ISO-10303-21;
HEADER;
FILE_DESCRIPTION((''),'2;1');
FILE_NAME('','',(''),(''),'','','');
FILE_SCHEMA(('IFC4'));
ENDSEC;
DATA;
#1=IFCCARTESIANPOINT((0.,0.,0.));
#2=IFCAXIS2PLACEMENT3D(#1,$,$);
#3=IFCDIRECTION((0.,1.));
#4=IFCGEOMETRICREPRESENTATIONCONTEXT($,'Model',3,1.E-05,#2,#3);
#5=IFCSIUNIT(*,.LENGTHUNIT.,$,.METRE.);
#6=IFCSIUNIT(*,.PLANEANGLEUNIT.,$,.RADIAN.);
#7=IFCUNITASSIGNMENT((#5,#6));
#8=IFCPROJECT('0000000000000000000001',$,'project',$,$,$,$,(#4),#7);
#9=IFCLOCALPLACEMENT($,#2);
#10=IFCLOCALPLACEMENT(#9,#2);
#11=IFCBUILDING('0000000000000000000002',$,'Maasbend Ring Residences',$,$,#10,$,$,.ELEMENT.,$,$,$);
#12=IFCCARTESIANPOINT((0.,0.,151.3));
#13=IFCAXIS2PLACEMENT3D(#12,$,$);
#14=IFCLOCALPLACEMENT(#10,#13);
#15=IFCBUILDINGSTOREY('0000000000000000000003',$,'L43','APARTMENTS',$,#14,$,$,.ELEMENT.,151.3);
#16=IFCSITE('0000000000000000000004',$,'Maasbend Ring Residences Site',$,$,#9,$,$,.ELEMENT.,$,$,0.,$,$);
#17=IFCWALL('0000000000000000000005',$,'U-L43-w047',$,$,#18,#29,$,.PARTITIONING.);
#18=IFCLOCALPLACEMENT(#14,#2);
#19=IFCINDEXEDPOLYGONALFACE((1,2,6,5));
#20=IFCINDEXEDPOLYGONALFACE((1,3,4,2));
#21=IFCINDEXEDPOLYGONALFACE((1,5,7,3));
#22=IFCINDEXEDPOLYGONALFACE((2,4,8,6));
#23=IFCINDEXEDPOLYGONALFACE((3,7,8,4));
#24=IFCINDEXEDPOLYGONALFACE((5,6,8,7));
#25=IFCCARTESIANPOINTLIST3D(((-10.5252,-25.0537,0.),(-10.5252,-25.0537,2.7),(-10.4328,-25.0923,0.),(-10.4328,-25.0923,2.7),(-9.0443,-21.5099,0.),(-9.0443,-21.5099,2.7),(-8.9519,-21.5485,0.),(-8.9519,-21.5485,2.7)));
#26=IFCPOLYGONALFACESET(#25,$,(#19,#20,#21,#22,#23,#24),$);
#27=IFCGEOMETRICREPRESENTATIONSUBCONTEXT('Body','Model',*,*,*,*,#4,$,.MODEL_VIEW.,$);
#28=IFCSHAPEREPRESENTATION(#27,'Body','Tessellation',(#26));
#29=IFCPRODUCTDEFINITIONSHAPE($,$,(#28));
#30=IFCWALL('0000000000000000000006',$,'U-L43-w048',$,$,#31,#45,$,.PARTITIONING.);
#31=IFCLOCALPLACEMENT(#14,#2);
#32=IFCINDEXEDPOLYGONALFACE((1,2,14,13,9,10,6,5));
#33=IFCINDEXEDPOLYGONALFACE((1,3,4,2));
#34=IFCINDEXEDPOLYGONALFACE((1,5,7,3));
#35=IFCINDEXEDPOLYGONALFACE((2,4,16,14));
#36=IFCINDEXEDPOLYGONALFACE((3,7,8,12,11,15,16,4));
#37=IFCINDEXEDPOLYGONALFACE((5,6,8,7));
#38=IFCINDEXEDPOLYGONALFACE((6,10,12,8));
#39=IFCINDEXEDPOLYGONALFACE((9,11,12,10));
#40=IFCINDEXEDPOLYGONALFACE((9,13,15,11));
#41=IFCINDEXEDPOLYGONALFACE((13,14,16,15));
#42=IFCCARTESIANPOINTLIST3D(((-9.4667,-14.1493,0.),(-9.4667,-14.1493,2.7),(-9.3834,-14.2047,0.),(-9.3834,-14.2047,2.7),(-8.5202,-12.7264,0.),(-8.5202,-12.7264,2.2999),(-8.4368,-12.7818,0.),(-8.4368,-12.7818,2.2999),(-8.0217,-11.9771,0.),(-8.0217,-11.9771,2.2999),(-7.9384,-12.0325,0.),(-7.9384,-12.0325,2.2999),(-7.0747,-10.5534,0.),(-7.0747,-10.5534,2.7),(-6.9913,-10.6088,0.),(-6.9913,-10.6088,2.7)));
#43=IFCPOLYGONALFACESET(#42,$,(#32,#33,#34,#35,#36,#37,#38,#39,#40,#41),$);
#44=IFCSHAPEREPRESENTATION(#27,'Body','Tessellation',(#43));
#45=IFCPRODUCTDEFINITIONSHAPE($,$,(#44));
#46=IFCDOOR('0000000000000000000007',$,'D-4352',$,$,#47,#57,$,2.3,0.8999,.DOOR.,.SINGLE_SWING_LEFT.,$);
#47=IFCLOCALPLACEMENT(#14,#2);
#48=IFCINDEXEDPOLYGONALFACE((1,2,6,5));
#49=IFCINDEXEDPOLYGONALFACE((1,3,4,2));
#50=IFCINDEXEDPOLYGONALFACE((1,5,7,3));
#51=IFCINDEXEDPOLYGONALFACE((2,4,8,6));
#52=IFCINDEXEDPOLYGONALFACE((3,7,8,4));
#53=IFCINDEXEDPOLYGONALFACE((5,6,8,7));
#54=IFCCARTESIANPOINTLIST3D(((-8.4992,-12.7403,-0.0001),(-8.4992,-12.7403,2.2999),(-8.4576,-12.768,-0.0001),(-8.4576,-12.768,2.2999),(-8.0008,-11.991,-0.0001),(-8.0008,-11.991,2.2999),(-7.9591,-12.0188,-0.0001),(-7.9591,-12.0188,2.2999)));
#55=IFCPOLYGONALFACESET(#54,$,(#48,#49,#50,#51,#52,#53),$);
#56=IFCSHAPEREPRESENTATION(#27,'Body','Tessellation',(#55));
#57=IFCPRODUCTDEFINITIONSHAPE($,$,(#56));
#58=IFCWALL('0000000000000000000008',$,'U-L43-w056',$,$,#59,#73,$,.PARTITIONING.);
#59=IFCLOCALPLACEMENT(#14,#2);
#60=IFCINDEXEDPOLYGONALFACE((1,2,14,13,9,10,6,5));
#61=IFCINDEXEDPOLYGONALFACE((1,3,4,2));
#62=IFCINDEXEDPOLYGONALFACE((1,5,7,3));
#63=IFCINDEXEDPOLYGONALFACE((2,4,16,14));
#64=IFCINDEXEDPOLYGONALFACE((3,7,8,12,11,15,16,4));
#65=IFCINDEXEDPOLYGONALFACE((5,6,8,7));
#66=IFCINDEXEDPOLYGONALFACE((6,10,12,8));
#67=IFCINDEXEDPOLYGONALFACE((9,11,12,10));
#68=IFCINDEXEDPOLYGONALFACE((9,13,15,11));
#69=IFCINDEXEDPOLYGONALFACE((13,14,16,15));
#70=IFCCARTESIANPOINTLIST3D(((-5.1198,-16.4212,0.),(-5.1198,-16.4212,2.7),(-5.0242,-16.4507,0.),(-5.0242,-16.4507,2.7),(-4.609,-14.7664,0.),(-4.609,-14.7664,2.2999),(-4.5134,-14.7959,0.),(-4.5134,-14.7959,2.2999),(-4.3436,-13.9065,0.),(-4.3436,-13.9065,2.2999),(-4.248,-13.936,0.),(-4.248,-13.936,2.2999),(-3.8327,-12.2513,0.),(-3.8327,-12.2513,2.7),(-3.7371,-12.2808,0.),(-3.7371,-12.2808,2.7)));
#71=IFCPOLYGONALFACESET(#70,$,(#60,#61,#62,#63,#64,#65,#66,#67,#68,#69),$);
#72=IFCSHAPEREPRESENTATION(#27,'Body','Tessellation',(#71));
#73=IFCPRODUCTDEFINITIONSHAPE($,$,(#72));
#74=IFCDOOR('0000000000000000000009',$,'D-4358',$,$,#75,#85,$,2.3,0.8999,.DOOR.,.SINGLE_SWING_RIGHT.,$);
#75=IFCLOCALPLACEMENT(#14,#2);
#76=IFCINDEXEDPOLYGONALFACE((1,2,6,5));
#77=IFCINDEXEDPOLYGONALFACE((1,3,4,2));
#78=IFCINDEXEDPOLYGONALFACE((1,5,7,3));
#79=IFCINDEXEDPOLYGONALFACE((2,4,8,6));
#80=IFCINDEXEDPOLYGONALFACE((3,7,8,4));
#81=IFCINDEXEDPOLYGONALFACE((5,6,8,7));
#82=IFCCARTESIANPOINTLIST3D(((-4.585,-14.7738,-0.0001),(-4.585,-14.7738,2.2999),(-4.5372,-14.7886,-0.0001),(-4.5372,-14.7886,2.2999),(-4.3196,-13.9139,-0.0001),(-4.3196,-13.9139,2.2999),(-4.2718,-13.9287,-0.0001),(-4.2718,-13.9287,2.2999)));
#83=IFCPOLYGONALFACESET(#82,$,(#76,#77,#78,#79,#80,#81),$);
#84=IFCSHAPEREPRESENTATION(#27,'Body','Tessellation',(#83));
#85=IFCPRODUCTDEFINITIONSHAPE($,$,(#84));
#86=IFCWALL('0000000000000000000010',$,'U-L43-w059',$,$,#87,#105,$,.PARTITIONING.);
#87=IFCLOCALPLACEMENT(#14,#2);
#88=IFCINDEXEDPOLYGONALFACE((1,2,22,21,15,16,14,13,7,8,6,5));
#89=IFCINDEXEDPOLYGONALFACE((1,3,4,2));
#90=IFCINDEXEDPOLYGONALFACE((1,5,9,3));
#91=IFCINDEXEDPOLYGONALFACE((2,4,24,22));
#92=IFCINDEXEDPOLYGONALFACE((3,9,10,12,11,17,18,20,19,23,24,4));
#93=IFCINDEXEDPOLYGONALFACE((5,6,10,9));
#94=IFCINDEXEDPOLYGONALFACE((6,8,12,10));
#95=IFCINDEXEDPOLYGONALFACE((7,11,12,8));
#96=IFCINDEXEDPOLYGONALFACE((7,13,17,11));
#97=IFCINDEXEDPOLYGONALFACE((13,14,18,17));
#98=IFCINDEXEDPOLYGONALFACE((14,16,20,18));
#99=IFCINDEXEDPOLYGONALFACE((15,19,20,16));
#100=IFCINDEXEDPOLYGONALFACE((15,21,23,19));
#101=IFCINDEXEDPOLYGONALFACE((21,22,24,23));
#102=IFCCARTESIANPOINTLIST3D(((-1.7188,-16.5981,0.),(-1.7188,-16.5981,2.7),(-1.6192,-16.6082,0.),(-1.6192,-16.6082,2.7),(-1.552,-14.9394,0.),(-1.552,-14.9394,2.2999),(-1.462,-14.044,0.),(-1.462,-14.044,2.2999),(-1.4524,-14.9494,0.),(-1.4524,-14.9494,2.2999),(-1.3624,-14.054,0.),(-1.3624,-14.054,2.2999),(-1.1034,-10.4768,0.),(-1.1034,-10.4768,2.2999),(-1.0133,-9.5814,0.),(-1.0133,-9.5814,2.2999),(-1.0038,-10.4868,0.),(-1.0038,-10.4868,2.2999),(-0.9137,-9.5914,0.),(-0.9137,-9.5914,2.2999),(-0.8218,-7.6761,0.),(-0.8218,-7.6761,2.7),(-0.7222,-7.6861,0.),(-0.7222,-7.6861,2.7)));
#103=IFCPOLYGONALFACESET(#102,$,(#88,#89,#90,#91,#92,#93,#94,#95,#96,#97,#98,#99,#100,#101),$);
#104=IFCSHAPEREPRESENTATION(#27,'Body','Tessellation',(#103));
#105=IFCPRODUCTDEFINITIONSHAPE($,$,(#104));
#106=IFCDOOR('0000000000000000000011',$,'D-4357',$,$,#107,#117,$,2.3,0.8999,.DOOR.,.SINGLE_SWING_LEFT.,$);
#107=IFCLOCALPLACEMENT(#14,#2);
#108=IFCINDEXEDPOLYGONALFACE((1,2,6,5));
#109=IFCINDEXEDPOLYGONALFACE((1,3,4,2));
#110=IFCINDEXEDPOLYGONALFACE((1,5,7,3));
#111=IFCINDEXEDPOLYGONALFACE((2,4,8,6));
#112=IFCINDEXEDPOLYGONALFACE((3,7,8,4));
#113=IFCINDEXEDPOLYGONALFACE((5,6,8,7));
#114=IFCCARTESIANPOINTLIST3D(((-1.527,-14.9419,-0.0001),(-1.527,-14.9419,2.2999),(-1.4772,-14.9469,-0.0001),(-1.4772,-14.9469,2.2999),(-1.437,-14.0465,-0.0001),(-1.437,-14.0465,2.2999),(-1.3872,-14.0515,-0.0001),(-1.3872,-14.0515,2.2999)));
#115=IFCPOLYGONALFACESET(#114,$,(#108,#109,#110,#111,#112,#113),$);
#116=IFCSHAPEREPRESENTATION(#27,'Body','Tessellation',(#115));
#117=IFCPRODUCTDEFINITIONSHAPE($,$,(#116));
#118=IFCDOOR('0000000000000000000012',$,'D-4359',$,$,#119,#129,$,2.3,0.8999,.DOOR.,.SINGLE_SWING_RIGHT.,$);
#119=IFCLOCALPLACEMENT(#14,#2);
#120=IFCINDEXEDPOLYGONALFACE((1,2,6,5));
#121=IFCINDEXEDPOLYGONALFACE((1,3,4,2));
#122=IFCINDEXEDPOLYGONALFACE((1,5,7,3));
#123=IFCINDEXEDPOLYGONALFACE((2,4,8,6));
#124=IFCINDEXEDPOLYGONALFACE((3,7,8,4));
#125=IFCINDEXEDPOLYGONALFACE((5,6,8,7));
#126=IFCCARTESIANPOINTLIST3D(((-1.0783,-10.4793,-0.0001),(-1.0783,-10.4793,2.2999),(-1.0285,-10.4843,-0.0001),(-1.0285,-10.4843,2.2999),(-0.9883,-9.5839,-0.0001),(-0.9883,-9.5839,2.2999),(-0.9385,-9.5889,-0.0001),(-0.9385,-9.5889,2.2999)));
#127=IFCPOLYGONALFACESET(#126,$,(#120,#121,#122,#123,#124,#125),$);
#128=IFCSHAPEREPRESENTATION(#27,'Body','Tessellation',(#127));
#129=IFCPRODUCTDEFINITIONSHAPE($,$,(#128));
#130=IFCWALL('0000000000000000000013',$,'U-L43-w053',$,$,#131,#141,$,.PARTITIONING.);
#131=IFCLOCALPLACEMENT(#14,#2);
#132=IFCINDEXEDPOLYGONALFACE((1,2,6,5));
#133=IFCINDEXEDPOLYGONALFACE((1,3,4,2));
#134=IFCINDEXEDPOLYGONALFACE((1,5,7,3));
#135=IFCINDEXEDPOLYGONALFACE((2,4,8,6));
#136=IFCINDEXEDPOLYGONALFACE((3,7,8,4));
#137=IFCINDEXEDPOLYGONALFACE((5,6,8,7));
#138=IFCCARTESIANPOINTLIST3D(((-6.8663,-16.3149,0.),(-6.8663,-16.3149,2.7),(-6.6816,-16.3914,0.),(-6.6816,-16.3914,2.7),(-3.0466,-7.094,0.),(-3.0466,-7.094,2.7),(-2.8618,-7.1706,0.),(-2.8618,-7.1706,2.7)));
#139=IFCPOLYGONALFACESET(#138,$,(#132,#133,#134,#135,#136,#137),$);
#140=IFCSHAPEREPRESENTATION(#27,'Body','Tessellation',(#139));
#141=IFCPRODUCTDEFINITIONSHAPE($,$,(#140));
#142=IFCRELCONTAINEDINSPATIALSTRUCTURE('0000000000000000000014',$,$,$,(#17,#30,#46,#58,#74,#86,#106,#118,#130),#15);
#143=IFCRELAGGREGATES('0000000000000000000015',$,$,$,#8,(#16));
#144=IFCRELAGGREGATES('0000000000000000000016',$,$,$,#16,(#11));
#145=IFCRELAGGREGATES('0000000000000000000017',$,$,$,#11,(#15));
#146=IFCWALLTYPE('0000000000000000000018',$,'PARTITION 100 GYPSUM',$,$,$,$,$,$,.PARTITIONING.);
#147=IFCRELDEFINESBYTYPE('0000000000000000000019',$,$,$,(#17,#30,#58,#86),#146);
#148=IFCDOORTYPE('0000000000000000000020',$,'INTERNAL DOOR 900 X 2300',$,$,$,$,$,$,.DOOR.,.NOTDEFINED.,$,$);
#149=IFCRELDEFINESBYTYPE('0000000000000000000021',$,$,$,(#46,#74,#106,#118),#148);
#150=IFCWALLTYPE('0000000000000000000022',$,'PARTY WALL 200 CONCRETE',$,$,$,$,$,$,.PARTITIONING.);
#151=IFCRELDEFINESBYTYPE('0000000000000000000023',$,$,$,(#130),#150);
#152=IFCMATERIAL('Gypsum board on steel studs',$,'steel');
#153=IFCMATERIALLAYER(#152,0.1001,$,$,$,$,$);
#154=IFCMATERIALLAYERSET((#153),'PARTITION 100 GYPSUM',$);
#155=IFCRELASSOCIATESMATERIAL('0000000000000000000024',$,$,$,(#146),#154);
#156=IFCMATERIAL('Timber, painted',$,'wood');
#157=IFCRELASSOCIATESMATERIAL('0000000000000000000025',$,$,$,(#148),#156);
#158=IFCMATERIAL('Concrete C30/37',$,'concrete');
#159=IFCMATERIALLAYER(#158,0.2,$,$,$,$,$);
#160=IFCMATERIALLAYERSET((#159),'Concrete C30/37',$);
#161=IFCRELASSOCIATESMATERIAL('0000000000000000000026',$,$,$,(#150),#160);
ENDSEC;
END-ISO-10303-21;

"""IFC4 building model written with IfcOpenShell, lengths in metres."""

from ifc_helpers import new_model, si_unit, direction, frame, frame_2d, origin, place, context, subcontext, project, spatial, rectangle, extrude, material, layer, layer_set, type_object, element, fill, save


model = new_model("IFC4")

# Units and contexts
model_context = context("Model", 3, precision=1e-05, world=origin(), true_north=direction((0.0, 1.0)))
body_context = subcontext(model_context, "Body", "Model", "MODEL_VIEW")
ifc_project = project(units=[si_unit("LENGTHUNIT", "METRE"), si_unit("PLANEANGLEUNIT", "RADIAN")], contexts=[model_context])

# Site, building, storey
site_placement = place(None, origin())
site = spatial("IfcSite", under=ifc_project, at=site_placement, Name="Maasbend Ring Residences Site", CompositionType="ELEMENT", RefElevation=0.0)
building_placement = place(site_placement, origin())
building = spatial("IfcBuilding", under=site, at=building_placement, Name="Maasbend Ring Residences", CompositionType="ELEMENT")
storey_placement = place(building_placement, frame((0.0, 0.0, 151.3)))
storey = spatial("IfcBuildingStorey", under=building, at=storey_placement, Name="L43", Description="APARTMENTS", CompositionType="ELEMENT", Elevation=151.3)

# Shared definitions
ifc_material_1 = material(Name="Gypsum board on steel studs", Category="steel")
ifc_layer_1 = layer(ifc_material_1, 0.1001)
ifc_layer_set_1 = layer_set([ifc_layer_1], Name="PARTITION 100 GYPSUM")
wall_type_1 = type_object("IfcWallType", Name="PARTITION 100 GYPSUM", PredefinedType="PARTITIONING", material=ifc_layer_set_1)
ifc_material_2 = material(Name="Timber, painted", Category="wood")
door_type_1 = type_object("IfcDoorType", Name="INTERNAL DOOR 900 X 2300", OperationType="NOTDEFINED", PredefinedType="DOOR", material=ifc_material_2)

# Wall
wall_1_placement = place(storey_placement, frame((-10.479, -25.073, 0.0), z_axis=(0.0, 0.0, 1.0), x_axis=(0.385572, 0.922678, 0.0)))
element("IfcWall", 1, at=wall_1_placement, inside=storey, type_object=wall_type_1, Name="U-L43-w047", PredefinedType="PARTITIONING", context=body_context, shape_type="SweptSolid", body=[
    extrude(rectangle(XDim=3.8408, YDim=0.1001, at=frame_2d((1.9204, 0.0))), origin(), (0.0, 0.0, 1.0), 2.7),
])

# Walls, openings, doors
wall_2_placement = place(storey_placement, frame((-9.425, -14.177, 0.0), z_axis=(0.0, 0.0, 1.0), x_axis=(0.553865, 0.832606, 0.0)))
wall_2 = element("IfcWall", 2, at=wall_2_placement, inside=storey, type_object=wall_type_1, Name="U-L43-w048", PredefinedType="PARTITIONING", context=body_context, shape_type="SweptSolid", body=[
    extrude(rectangle(XDim=4.3188, YDim=0.1001, at=frame_2d((2.1594, 0.0))), origin(), (0.0, 0.0, 1.0), 2.7),
])
opening_1_placement = place(wall_2_placement, frame((1.709, 0.0, 0.0)))
opening_1 = element("IfcOpeningElement", 3, at=opening_1_placement, cuts=wall_2, PredefinedType="OPENING", context=body_context, shape_type="SweptSolid", body=[
    extrude(rectangle(XDim=0.8999, YDim=2.3, at=frame_2d((0.45, 1.1499))), frame((0.0, 0.0601, 0.0), z_axis=(0.0, -1.0, 0.0), x_axis=(1.0, 0.0, 0.0)), (0.0, 0.0, 1.0), 0.1201),
])
door_1_placement = place(opening_1_placement, origin())
door_1 = element("IfcDoor", 4, at=door_1_placement, inside=storey, type_object=door_type_1, Name="D-4352", OperationType="SINGLE_SWING_LEFT", OverallHeight=2.3, OverallWidth=0.8999, PredefinedType="DOOR", context=body_context, shape_type="SweptSolid", body=[
    extrude(rectangle(XDim=0.8999, YDim=2.3, at=frame_2d((0.45, 1.1499))), frame((0.0, 0.0249, 0.0), z_axis=(0.0, -1.0, 0.0), x_axis=(1.0, 0.0, 0.0)), (0.0, 0.0, 1.0), 0.05),
])
fill(opening_1, door_1)
wall_3_placement = place(storey_placement, frame((-5.072, -16.436, 0.0), z_axis=(0.0, 0.0, 1.0), x_axis=(0.294935, 0.955517, 0.0)))
wall_3 = element("IfcWall", 5, at=wall_3_placement, inside=storey, type_object=wall_type_1, Name="U-L43-w056", PredefinedType="PARTITIONING", context=body_context, shape_type="SweptSolid", body=[
    extrude(rectangle(XDim=4.364, YDim=0.1001, at=frame_2d((2.1821, 0.0))), origin(), (0.0, 0.0, 1.0), 2.7),
])
opening_2_placement = place(wall_3_placement, frame((1.7319, 0.0, 0.0)))
opening_2 = element("IfcOpeningElement", 6, at=opening_2_placement, cuts=wall_3, PredefinedType="OPENING", context=body_context, shape_type="SweptSolid", body=[
    extrude(rectangle(XDim=0.8999, YDim=2.3, at=frame_2d((0.45, 1.1499))), frame((0.0, 0.0601, 0.0), z_axis=(0.0, -1.0, 0.0), x_axis=(1.0, 0.0, 0.0)), (0.0, 0.0, 1.0), 0.1201),
])
door_2_placement = place(opening_2_placement, origin())
door_2 = element("IfcDoor", 7, at=door_2_placement, inside=storey, type_object=door_type_1, Name="D-4358", OperationType="SINGLE_SWING_RIGHT", OverallHeight=2.3, OverallWidth=0.8999, PredefinedType="DOOR", context=body_context, shape_type="SweptSolid", body=[
    extrude(rectangle(XDim=0.8999, YDim=2.3, at=frame_2d((0.45, 1.1499))), frame((0.0, 0.0249, 0.0), z_axis=(0.0, -1.0, 0.0), x_axis=(1.0, 0.0, 0.0)), (0.0, 0.0, 1.0), 0.05),
])
fill(opening_2, door_2)

# Wall, openings, doors
wall_4_placement = place(storey_placement, frame((-1.6689, -16.603, 0.0), z_axis=(0.0, 0.0, 1.0), x_axis=(0.100029, 0.994984, 0.0)))
wall_4 = element("IfcWall", 8, at=wall_4_placement, inside=storey, type_object=wall_type_1, Name="U-L43-w059", PredefinedType="PARTITIONING", context=body_context, shape_type="SweptSolid", body=[
    extrude(rectangle(XDim=8.967, YDim=0.1001, at=frame_2d((4.4834, 0.0))), origin(), (0.0, 0.0, 1.0), 2.7),
])
opening_3_placement = place(wall_4_placement, frame((1.667, 0.0, 0.0)))
opening_3 = element("IfcOpeningElement", 9, at=opening_3_placement, cuts=wall_4, PredefinedType="OPENING", context=body_context, shape_type="SweptSolid", body=[
    extrude(rectangle(XDim=0.8999, YDim=2.3, at=frame_2d((0.45, 1.1499))), frame((0.0, 0.0601, 0.0), z_axis=(0.0, -1.0, 0.0), x_axis=(1.0, 0.0, 0.0)), (0.0, 0.0, 1.0), 0.1201),
])
opening_4_placement = place(wall_4_placement, frame((6.1521, 0.0, 0.0)))
opening_4 = element("IfcOpeningElement", 10, at=opening_4_placement, cuts=wall_4, PredefinedType="OPENING", context=body_context, shape_type="SweptSolid", body=[
    extrude(rectangle(XDim=0.8999, YDim=2.3, at=frame_2d((0.45, 1.1499))), frame((0.0, 0.0601, 0.0), z_axis=(0.0, -1.0, 0.0), x_axis=(1.0, 0.0, 0.0)), (0.0, 0.0, 1.0), 0.1201),
])
door_3_placement = place(opening_3_placement, origin())
door_3 = element("IfcDoor", 11, at=door_3_placement, inside=storey, type_object=door_type_1, Name="D-4357", OperationType="SINGLE_SWING_LEFT", OverallHeight=2.3, OverallWidth=0.8999, PredefinedType="DOOR", context=body_context, shape_type="SweptSolid", body=[
    extrude(rectangle(XDim=0.8999, YDim=2.3, at=frame_2d((0.45, 1.1499))), frame((0.0, 0.0249, 0.0), z_axis=(0.0, -1.0, 0.0), x_axis=(1.0, 0.0, 0.0)), (0.0, 0.0, 1.0), 0.05),
])
fill(opening_3, door_3)
door_4_placement = place(opening_4_placement, origin())
door_4 = element("IfcDoor", 12, at=door_4_placement, inside=storey, type_object=door_type_1, Name="D-4359", OperationType="SINGLE_SWING_RIGHT", OverallHeight=2.3, OverallWidth=0.8999, PredefinedType="DOOR", context=body_context, shape_type="SweptSolid", body=[
    extrude(rectangle(XDim=0.8999, YDim=2.3, at=frame_2d((0.45, 1.1499))), frame((0.0, 0.0249, 0.0), z_axis=(0.0, -1.0, 0.0), x_axis=(1.0, 0.0, 0.0)), (0.0, 0.0, 1.0), 0.05),
])
fill(opening_4, door_4)

# Wall
ifc_material_3 = material(Name="Concrete C30/37", Category="concrete")
ifc_layer_2 = layer(ifc_material_3, 0.2)
ifc_layer_set_2 = layer_set([ifc_layer_2], Name="Concrete C30/37")
wall_type_2 = type_object("IfcWallType", Name="PARTY WALL 200 CONCRETE", PredefinedType="PARTITIONING", material=ifc_layer_set_2)
wall_5_placement = place(storey_placement, frame((-6.7739, -16.353, 0.0), z_axis=(0.0, 0.0, 1.0), x_axis=(0.382716, 0.923866, 0.0)))
element("IfcWall", 13, at=wall_5_placement, inside=storey, type_object=wall_type_2, Name="U-L43-w053", PredefinedType="PARTITIONING", context=body_context, shape_type="SweptSolid", body=[
    extrude(rectangle(XDim=9.9807, YDim=0.2, at=frame_2d((4.9902, 0.0))), origin(), (0.0, 0.0, 1.0), 2.7),
])

save(model, "model.ifc")
